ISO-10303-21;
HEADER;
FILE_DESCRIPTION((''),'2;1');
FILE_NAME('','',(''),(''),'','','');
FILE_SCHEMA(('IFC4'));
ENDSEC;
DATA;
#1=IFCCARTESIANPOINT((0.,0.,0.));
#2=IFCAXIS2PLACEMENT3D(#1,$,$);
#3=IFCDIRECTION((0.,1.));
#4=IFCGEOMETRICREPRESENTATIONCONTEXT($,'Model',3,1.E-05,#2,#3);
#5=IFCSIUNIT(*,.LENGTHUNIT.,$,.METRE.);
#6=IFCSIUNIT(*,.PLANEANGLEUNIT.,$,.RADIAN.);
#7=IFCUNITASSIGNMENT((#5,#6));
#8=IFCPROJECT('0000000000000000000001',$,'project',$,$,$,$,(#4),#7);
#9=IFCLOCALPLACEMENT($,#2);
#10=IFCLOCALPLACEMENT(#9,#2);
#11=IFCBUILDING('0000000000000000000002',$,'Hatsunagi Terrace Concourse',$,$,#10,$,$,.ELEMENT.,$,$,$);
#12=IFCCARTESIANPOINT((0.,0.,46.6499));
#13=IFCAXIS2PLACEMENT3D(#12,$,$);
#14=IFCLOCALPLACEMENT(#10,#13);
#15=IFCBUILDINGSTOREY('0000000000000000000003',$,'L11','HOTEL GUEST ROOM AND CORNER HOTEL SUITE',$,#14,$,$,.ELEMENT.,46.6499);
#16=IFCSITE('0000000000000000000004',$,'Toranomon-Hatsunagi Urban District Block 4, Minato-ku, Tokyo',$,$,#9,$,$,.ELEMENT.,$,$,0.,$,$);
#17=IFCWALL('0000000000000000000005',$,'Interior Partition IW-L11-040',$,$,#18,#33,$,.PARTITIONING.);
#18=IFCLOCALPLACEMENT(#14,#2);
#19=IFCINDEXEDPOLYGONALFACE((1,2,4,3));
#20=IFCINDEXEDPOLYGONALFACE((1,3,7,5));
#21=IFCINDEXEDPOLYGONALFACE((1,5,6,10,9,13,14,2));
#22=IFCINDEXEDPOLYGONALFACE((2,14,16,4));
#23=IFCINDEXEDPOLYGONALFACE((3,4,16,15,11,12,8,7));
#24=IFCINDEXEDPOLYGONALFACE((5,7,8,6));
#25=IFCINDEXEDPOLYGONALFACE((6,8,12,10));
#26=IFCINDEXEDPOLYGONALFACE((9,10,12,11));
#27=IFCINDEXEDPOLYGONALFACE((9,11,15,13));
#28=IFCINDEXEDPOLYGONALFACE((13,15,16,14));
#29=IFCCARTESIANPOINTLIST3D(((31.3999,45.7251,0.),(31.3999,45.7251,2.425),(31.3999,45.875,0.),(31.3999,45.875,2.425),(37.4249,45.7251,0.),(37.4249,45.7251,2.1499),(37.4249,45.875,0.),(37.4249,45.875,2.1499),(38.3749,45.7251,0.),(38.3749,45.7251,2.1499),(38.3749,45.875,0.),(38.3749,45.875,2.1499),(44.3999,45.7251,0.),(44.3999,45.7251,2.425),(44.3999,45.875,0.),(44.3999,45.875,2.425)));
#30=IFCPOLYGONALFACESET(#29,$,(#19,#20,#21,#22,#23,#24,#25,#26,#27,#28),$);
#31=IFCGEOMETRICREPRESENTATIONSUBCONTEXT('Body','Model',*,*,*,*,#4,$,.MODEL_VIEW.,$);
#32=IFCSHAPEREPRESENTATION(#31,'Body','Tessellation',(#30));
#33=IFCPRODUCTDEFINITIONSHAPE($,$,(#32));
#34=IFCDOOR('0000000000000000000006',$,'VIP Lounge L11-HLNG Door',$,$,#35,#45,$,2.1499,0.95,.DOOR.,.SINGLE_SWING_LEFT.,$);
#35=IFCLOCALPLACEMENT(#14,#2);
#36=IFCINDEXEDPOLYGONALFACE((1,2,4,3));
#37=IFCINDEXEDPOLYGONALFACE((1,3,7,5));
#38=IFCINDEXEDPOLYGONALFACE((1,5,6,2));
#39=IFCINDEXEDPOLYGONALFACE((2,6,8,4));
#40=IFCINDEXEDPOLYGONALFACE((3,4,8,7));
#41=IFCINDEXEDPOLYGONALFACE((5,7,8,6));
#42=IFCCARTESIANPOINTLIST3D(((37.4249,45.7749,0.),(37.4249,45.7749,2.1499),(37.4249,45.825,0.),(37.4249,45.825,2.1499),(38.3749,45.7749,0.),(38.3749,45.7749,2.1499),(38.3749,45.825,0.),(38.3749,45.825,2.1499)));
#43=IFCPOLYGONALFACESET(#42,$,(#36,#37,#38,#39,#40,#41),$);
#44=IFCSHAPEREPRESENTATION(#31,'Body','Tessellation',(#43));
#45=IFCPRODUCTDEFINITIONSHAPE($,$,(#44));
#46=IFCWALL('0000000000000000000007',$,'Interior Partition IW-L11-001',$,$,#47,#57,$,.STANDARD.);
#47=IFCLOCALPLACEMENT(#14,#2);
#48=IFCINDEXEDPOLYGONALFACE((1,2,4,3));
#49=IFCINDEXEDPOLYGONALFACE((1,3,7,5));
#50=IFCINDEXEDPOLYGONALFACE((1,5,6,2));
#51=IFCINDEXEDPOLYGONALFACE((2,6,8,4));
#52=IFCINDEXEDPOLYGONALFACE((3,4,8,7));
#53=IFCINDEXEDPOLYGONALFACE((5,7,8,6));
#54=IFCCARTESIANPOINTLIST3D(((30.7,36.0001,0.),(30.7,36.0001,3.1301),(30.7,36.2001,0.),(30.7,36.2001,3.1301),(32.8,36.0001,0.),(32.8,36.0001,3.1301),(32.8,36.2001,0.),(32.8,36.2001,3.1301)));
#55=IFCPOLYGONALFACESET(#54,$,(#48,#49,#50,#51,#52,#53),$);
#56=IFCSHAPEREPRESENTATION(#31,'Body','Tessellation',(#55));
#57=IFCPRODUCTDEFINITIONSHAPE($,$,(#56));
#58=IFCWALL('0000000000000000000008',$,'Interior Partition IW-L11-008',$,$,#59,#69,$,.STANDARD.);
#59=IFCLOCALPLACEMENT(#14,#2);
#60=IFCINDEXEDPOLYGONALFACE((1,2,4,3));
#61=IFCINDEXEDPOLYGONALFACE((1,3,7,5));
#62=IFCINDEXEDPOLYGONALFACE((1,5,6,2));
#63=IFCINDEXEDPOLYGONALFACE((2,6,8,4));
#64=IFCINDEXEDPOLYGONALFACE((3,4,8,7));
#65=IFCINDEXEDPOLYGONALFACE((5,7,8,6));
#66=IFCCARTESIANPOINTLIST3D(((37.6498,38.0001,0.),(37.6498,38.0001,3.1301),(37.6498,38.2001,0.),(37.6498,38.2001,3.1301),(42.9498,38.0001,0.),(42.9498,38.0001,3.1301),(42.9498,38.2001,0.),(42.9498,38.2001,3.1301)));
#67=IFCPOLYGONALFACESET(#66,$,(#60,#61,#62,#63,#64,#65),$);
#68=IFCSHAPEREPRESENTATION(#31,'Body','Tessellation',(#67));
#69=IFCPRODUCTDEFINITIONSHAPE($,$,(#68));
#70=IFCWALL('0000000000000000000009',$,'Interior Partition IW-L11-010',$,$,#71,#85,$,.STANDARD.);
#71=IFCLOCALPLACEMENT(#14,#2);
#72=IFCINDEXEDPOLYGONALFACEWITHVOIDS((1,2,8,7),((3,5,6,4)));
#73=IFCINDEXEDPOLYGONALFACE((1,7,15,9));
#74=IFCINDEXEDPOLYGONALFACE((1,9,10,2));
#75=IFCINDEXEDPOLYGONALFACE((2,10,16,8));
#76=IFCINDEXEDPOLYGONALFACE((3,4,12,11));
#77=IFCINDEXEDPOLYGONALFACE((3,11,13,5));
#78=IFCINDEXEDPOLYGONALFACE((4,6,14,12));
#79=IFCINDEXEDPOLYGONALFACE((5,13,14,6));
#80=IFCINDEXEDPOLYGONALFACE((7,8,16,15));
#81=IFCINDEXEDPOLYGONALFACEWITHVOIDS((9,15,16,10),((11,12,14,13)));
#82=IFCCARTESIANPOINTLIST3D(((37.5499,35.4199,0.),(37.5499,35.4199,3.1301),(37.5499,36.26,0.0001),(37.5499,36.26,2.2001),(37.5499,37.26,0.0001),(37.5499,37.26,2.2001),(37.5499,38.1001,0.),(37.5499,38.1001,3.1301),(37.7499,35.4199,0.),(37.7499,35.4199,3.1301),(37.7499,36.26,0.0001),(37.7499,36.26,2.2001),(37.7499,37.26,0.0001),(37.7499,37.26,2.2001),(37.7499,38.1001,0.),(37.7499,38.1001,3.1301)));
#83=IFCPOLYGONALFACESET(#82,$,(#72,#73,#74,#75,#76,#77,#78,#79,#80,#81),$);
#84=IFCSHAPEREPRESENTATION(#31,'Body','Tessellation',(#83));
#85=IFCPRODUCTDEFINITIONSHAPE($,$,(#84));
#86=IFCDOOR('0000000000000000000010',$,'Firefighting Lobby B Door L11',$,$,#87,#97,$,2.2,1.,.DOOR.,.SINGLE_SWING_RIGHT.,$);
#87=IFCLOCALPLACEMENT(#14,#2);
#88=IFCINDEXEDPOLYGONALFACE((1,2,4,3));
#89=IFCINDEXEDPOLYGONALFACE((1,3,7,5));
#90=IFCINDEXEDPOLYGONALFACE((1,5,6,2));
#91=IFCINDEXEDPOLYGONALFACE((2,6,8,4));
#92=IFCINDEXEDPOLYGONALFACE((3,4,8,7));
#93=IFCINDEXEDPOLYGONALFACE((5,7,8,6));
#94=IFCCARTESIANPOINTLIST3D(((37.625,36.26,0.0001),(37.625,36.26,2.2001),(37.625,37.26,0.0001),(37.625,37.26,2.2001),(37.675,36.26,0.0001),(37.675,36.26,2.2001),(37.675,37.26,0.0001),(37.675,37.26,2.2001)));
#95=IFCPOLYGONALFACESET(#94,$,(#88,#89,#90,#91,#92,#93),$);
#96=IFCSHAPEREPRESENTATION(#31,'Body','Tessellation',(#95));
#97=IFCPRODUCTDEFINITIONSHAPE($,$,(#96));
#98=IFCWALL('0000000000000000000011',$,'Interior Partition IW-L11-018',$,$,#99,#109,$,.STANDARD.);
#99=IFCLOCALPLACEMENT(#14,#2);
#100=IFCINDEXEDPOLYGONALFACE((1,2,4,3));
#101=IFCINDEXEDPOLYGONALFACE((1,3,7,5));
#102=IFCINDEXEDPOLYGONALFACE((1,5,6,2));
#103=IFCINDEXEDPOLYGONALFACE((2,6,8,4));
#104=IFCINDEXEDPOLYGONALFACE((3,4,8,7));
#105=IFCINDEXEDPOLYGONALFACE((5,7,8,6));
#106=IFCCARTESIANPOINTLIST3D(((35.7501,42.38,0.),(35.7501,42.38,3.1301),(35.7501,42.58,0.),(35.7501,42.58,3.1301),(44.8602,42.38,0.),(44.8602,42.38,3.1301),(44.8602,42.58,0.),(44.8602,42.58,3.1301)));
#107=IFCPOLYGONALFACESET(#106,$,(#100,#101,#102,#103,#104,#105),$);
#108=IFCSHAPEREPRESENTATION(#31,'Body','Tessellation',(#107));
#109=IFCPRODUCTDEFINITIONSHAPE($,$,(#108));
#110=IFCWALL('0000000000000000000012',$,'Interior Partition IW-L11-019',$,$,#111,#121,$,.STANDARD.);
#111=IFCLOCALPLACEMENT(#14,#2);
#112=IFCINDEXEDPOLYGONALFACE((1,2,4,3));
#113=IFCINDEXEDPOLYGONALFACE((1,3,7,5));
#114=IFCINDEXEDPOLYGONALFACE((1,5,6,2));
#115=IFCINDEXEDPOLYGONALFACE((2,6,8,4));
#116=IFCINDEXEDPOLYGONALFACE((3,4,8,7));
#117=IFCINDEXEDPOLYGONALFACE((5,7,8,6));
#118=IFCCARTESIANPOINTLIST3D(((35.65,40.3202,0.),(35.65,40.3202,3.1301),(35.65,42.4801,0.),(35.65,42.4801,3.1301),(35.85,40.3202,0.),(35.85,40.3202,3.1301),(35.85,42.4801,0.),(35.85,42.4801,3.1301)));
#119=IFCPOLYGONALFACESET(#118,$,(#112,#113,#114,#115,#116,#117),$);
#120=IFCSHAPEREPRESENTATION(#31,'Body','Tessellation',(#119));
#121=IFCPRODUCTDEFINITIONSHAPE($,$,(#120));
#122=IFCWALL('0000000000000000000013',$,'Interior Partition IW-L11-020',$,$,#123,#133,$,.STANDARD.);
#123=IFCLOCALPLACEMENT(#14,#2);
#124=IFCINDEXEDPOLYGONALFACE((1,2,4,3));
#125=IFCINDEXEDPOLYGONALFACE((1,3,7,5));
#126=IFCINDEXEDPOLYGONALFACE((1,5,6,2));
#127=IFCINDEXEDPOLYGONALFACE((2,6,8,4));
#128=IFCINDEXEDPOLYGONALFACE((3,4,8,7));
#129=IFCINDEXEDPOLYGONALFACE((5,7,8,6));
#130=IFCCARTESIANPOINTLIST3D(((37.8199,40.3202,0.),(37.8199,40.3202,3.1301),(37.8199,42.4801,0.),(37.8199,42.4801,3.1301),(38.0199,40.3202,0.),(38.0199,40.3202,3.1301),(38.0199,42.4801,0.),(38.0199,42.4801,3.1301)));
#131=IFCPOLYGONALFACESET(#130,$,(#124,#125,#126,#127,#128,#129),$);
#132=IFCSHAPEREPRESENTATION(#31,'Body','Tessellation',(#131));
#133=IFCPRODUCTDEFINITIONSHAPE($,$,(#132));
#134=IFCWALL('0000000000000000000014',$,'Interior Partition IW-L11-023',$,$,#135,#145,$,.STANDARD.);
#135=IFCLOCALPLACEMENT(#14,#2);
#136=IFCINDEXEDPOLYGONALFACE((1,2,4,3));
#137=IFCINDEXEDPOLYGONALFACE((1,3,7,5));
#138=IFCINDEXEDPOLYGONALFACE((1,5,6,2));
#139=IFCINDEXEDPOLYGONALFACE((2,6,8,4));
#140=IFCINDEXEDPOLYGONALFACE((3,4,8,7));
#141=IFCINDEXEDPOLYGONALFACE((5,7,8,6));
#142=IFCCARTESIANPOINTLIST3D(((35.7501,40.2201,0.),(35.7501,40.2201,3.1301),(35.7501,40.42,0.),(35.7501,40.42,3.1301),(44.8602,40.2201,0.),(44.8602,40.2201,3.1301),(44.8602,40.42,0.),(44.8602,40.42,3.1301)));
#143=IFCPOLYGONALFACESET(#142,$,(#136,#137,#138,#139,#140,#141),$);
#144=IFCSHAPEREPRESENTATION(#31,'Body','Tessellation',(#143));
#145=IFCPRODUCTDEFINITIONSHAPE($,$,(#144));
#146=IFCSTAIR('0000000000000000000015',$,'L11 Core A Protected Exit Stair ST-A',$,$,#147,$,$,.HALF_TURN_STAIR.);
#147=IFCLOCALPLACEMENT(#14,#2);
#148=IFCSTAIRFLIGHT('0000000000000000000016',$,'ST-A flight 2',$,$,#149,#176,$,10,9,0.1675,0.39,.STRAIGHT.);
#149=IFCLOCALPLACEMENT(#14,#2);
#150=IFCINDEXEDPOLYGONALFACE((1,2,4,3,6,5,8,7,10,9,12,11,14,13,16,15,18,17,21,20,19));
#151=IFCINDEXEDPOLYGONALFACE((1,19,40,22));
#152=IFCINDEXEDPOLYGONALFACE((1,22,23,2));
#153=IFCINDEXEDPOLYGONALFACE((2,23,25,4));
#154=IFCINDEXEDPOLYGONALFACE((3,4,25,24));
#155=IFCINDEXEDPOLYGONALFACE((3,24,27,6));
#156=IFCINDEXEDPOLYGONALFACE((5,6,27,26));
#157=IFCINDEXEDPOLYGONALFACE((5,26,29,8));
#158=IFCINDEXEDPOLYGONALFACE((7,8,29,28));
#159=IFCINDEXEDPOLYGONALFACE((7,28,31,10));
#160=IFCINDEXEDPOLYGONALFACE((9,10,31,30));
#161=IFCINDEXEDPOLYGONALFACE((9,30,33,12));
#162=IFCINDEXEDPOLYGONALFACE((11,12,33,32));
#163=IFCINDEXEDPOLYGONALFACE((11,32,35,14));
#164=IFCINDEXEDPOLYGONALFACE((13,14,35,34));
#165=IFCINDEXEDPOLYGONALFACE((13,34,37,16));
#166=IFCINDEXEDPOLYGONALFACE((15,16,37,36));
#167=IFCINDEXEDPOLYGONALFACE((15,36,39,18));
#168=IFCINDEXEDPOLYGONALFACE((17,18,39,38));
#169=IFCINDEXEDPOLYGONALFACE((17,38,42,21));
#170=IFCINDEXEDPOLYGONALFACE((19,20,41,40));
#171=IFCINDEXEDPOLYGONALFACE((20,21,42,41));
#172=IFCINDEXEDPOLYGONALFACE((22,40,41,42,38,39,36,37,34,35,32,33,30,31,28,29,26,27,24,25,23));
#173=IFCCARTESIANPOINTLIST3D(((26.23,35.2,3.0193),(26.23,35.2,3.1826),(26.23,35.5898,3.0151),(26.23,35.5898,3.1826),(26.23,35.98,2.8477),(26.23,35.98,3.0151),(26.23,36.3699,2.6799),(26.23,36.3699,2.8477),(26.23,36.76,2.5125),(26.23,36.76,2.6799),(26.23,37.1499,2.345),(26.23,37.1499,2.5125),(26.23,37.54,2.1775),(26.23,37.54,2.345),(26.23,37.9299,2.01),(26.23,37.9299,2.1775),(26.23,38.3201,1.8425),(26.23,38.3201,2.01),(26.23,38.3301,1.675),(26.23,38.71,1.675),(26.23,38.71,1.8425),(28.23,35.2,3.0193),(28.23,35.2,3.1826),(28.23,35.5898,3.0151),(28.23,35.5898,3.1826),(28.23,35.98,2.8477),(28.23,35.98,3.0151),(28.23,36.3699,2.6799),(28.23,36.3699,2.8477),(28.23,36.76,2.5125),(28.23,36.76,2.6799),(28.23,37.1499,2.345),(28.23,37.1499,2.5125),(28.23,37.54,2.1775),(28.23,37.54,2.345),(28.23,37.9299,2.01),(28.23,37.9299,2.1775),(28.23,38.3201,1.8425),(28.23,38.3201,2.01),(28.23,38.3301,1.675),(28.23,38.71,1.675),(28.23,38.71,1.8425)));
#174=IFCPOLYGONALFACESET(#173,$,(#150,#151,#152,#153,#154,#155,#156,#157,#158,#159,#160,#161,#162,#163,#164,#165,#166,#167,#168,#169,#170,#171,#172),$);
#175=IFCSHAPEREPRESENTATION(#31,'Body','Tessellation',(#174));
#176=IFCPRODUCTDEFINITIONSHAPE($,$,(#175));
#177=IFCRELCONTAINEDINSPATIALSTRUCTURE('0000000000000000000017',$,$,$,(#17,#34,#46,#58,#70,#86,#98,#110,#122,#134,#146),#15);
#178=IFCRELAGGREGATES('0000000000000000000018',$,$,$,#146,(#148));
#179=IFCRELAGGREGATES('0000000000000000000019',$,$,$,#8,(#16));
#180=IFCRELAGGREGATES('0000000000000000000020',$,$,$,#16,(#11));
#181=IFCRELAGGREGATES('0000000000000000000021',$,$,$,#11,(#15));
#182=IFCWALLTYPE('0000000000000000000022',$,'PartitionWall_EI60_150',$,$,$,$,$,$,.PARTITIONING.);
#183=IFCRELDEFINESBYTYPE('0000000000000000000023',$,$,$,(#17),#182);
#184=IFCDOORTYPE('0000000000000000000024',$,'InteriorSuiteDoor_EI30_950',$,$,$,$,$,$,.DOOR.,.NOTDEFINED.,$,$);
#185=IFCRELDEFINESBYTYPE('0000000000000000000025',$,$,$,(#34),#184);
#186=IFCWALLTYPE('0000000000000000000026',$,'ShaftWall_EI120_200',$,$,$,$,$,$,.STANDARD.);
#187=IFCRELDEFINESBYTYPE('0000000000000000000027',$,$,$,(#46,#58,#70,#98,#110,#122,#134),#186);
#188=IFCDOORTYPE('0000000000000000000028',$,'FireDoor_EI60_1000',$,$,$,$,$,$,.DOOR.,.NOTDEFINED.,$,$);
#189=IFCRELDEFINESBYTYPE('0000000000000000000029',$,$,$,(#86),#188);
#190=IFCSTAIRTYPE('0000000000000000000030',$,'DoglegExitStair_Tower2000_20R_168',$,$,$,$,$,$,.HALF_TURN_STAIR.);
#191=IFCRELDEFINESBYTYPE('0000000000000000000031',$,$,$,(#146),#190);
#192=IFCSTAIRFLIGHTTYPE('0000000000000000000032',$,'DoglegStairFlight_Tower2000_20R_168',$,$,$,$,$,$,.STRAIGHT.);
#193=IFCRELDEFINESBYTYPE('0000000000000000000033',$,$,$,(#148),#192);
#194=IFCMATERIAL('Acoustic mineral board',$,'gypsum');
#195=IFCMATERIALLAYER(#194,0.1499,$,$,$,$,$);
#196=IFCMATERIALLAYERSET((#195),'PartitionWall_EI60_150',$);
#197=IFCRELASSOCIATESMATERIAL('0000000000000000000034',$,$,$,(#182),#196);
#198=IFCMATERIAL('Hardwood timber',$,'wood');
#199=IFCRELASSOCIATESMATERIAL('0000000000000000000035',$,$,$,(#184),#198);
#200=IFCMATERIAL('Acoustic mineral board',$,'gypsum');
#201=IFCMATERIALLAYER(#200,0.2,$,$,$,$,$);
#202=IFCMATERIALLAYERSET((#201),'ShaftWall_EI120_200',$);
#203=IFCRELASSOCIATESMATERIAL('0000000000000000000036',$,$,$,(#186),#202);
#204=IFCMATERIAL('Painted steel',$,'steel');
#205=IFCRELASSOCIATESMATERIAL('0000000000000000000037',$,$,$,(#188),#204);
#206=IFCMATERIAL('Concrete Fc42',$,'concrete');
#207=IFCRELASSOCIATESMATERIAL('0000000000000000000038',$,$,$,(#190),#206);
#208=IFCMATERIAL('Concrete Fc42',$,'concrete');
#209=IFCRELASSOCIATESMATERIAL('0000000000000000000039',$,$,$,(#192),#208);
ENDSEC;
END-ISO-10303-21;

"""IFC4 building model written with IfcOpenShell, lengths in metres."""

from ifc_helpers import new_model, si_unit, direction, frame, frame_2d, origin, place, context, subcontext, project, spatial, polyline, rectangle, outline, extrude, material, layer, layer_set, type_object, element, fill, aggregate, save


model = new_model("IFC4")

# Units and contexts
model_context = context("Model", 3, precision=1e-05, world=origin(), true_north=direction((0.0, 1.0)))
body_context = subcontext(model_context, "Body", "Model", "MODEL_VIEW")
ifc_project = project(units=[si_unit("LENGTHUNIT", "METRE"), si_unit("PLANEANGLEUNIT", "RADIAN")], contexts=[model_context])

# Site, building, storey
site_placement = place(None, origin())
site = spatial("IfcSite", under=ifc_project, at=site_placement, Name="Toranomon-Hatsunagi Urban District Block 4, Minato-ku, Tokyo", CompositionType="ELEMENT", RefElevation=0.0)
building_placement = place(site_placement, origin())
building = spatial("IfcBuilding", under=site, at=building_placement, Name="Hatsunagi Terrace Concourse", CompositionType="ELEMENT")
storey_placement = place(building_placement, frame((0.0, 0.0, 46.6499)))
storey = spatial("IfcBuildingStorey", under=building, at=storey_placement, Name="L11", Description="HOTEL GUEST ROOM AND CORNER HOTEL SUITE", CompositionType="ELEMENT", Elevation=46.6499)

# Shared definitions
ifc_material_1 = material(Name="Acoustic mineral board", Category="gypsum")
ifc_layer_1 = layer(ifc_material_1, 0.1499)
ifc_layer_set_1 = layer_set([ifc_layer_1], Name="PartitionWall_EI60_150")
wall_type_1 = type_object("IfcWallType", Name="PartitionWall_EI60_150", PredefinedType="PARTITIONING", material=ifc_layer_set_1)

# Wall, opening, door
wall_1_placement = place(storey_placement, frame((31.3999, 45.8, 0.0), z_axis=(0.0, 0.0, 1.0), x_axis=(1.0, 0.0, 0.0)))
wall_1 = element("IfcWall", 1, at=wall_1_placement, inside=storey, type_object=wall_type_1, Name="Interior Partition IW-L11-040", PredefinedType="PARTITIONING", context=body_context, shape_type="SweptSolid", body=[
    extrude(rectangle(XDim=13.0, YDim=0.1499, at=frame_2d((6.5, 0.0))), origin(), (0.0, 0.0, 1.0), 2.425),
])
opening_1_placement = place(wall_1_placement, frame((6.0249, 0.0, 0.0)))
opening_1 = element("IfcOpeningElement", 2, at=opening_1_placement, cuts=wall_1, PredefinedType="OPENING", context=body_context, shape_type="SweptSolid", body=[
    extrude(rectangle(XDim=0.95, YDim=2.1499, at=frame_2d((0.4751, 1.075))), frame((0.0, 0.085, 0.0), z_axis=(0.0, -1.0, 0.0), x_axis=(1.0, 0.0, 0.0)), (0.0, 0.0, 1.0), 0.1699),
])
ifc_material_2 = material(Name="Hardwood timber", Category="wood")
door_type_1 = type_object("IfcDoorType", Name="InteriorSuiteDoor_EI30_950", OperationType="NOTDEFINED", PredefinedType="DOOR", material=ifc_material_2)
door_1_placement = place(opening_1_placement, origin())
door_1 = element("IfcDoor", 3, at=door_1_placement, inside=storey, type_object=door_type_1, Name="VIP Lounge L11-HLNG Door", OperationType="SINGLE_SWING_LEFT", OverallHeight=2.1499, OverallWidth=0.95, PredefinedType="DOOR", context=body_context, shape_type="SweptSolid", body=[
    extrude(rectangle(XDim=0.95, YDim=2.1499, at=frame_2d((0.4751, 1.075))), frame((0.0, 0.0249, 0.0), z_axis=(0.0, -1.0, 0.0), x_axis=(1.0, 0.0, 0.0)), (0.0, 0.0, 1.0), 0.05),
])
fill(opening_1, door_1)

# Walls
ifc_material_3 = material(Name="Acoustic mineral board", Category="gypsum")
ifc_layer_2 = layer(ifc_material_3, 0.2)
ifc_layer_set_2 = layer_set([ifc_layer_2], Name="ShaftWall_EI120_200")
wall_type_2 = type_object("IfcWallType", Name="ShaftWall_EI120_200", PredefinedType="STANDARD", material=ifc_layer_set_2)
wall_2_placement = place(storey_placement, frame((30.7, 36.1001, 0.0), z_axis=(0.0, 0.0, 1.0), x_axis=(1.0, 0.0, 0.0)))
element("IfcWall", 4, at=wall_2_placement, inside=storey, type_object=wall_type_2, Name="Interior Partition IW-L11-001", PredefinedType="STANDARD", context=body_context, shape_type="SweptSolid", body=[
    extrude(rectangle(XDim=2.1001, YDim=0.2, at=frame_2d((1.05, 0.0))), origin(), (0.0, 0.0, 1.0), 3.1301),
])
wall_3_placement = place(storey_placement, frame((37.6499, 38.1001, 0.0), z_axis=(0.0, 0.0, 1.0), x_axis=(1.0, 0.0, 0.0)))
element("IfcWall", 5, at=wall_3_placement, inside=storey, type_object=wall_type_2, Name="Interior Partition IW-L11-008", PredefinedType="STANDARD", context=body_context, shape_type="SweptSolid", body=[
    extrude(rectangle(XDim=5.3, YDim=0.2, at=frame_2d((2.6499, 0.0))), origin(), (0.0, 0.0, 1.0), 3.1301),
])

# Wall, opening, door
wall_4_placement = place(storey_placement, frame((37.6499, 35.4199, 0.0), z_axis=(0.0, 0.0, 1.0), x_axis=(0.0, 1.0, 0.0)))
wall_4 = element("IfcWall", 6, at=wall_4_placement, inside=storey, type_object=wall_type_2, Name="Interior Partition IW-L11-010", PredefinedType="STANDARD", context=body_context, shape_type="SweptSolid", body=[
    extrude(rectangle(XDim=2.6802, YDim=0.2, at=frame_2d((1.3401, 0.0))), origin(), (0.0, 0.0, 1.0), 3.1301),
])
opening_2_placement = place(wall_4_placement, frame((0.8401, 0.0, 0.0)))
opening_2 = element("IfcOpeningElement", 7, at=opening_2_placement, cuts=wall_4, PredefinedType="OPENING", context=body_context, shape_type="SweptSolid", body=[
    extrude(rectangle(XDim=1.0, YDim=2.2, at=frame_2d((0.5, 1.1001))), frame((0.0, 0.1099, 0.0), z_axis=(0.0, -1.0, 0.0), x_axis=(1.0, 0.0, 0.0)), (0.0, 0.0, 1.0), 0.22),
])
ifc_material_4 = material(Name="Painted steel", Category="steel")
door_type_2 = type_object("IfcDoorType", Name="FireDoor_EI60_1000", OperationType="NOTDEFINED", PredefinedType="DOOR", material=ifc_material_4)
door_2_placement = place(opening_2_placement, origin())
door_2 = element("IfcDoor", 8, at=door_2_placement, inside=storey, type_object=door_type_2, Name="Firefighting Lobby B Door L11", OperationType="SINGLE_SWING_RIGHT", OverallHeight=2.2, OverallWidth=1.0, PredefinedType="DOOR", context=body_context, shape_type="SweptSolid", body=[
    extrude(rectangle(XDim=1.0, YDim=2.2, at=frame_2d((0.5, 1.1001))), frame((0.0, 0.0249, 0.0), z_axis=(0.0, -1.0, 0.0), x_axis=(1.0, 0.0, 0.0)), (0.0, 0.0, 1.0), 0.05),
])
fill(opening_2, door_2)

# Walls
wall_5_placement = place(storey_placement, frame((35.75, 42.48, 0.0), z_axis=(0.0, 0.0, 1.0), x_axis=(1.0, 0.0, 0.0)))
element("IfcWall", 9, at=wall_5_placement, inside=storey, type_object=wall_type_2, Name="Interior Partition IW-L11-018", PredefinedType="STANDARD", context=body_context, shape_type="SweptSolid", body=[
    extrude(rectangle(XDim=9.1101, YDim=0.2, at=frame_2d((4.5552, 0.0))), origin(), (0.0, 0.0, 1.0), 3.1301),
])
for number, where, z_axis, x_axis, name in (
    (10, (35.75, 40.3201, 0.0), (0.0, 0.0, 1.0), (0.0, 1.0, 0.0), "Interior Partition IW-L11-019"),
    (11, (37.9199, 40.3201, 0.0), (0.0, 0.0, 1.0), (0.0, 1.0, 0.0), "Interior Partition IW-L11-020"),
):
    element("IfcWall", number, at=place(storey_placement, frame(where, z_axis=z_axis, x_axis=x_axis)), inside=storey, type_object=wall_type_2, Name=name, PredefinedType="STANDARD", context=body_context, shape_type="SweptSolid", body=[
        extrude(rectangle(XDim=2.1599, YDim=0.2, at=frame_2d((1.0801, 0.0))), origin(), (0.0, 0.0, 1.0), 3.1301),
    ])
wall_6_placement = place(storey_placement, frame((35.75, 40.3201, 0.0), z_axis=(0.0, 0.0, 1.0), x_axis=(1.0, 0.0, 0.0)))
element("IfcWall", 12, at=wall_6_placement, inside=storey, type_object=wall_type_2, Name="Interior Partition IW-L11-023", PredefinedType="STANDARD", context=body_context, shape_type="SweptSolid", body=[
    extrude(rectangle(XDim=9.1101, YDim=0.2, at=frame_2d((4.5552, 0.0))), origin(), (0.0, 0.0, 1.0), 3.1301),
])

# Stair, stair flight
ifc_material_5 = material(Name="Concrete Fc42", Category="concrete")
stair_type = type_object("IfcStairType", Name="DoglegExitStair_Tower2000_20R_168", PredefinedType="HALF_TURN_STAIR", material=ifc_material_5)
stair_placement = place(storey_placement, origin())
stair = element("IfcStair", 13, at=stair_placement, inside=storey, type_object=stair_type, Name="L11 Core A Protected Exit Stair ST-A", PredefinedType="HALF_TURN_STAIR")
ifc_material_6 = material(Name="Concrete Fc42", Category="concrete")
stair_flight_type = type_object("IfcStairFlightType", Name="DoglegStairFlight_Tower2000_20R_168", PredefinedType="STRAIGHT", material=ifc_material_6)
stair_flight_placement = place(storey_placement, frame((27.23, 38.71, 1.675), z_axis=(0.0, 0.0, 1.0), x_axis=(0.0, -1.0, 0.0)))
stair_flight = element("IfcStairFlight", 14, at=stair_flight_placement, type_object=stair_flight_type, Name="ST-A flight 2", NumberOfRisers=10, NumberOfTreads=9, PredefinedType="STRAIGHT", RiserHeight=0.1675, TreadLength=0.39, context=body_context, shape_type="SweptSolid", body=[
    extrude(outline(polyline([(0.0, 0.0), (0.0, 0.1675), (0.3899, 0.1675), (0.3899, 0.335), (0.78, 0.335), (0.78, 0.5024), (1.1699, 0.5024), (1.1699, 0.6699), (1.5601, 0.6699), (1.5601, 0.8374), (1.95, 0.8374), (1.95, 1.0049), (2.3401, 1.0049), (2.3401, 1.1726), (2.73, 1.1726), (2.73, 1.3401), (3.1201, 1.3401), (3.1201, 1.5076), (3.51, 1.5076), (3.51, 1.675), (3.51, 1.3442), (0.3799, 0.0), (0.0, 0.0)])), frame((0.0, 1.0, 0.0), z_axis=(0.0, -1.0, 0.0), x_axis=(1.0, 0.0, 0.0)), (0.0, 0.0, 1.0), 2.0),
])
aggregate(stair, [stair_flight])

save(model, "model.ifc")
